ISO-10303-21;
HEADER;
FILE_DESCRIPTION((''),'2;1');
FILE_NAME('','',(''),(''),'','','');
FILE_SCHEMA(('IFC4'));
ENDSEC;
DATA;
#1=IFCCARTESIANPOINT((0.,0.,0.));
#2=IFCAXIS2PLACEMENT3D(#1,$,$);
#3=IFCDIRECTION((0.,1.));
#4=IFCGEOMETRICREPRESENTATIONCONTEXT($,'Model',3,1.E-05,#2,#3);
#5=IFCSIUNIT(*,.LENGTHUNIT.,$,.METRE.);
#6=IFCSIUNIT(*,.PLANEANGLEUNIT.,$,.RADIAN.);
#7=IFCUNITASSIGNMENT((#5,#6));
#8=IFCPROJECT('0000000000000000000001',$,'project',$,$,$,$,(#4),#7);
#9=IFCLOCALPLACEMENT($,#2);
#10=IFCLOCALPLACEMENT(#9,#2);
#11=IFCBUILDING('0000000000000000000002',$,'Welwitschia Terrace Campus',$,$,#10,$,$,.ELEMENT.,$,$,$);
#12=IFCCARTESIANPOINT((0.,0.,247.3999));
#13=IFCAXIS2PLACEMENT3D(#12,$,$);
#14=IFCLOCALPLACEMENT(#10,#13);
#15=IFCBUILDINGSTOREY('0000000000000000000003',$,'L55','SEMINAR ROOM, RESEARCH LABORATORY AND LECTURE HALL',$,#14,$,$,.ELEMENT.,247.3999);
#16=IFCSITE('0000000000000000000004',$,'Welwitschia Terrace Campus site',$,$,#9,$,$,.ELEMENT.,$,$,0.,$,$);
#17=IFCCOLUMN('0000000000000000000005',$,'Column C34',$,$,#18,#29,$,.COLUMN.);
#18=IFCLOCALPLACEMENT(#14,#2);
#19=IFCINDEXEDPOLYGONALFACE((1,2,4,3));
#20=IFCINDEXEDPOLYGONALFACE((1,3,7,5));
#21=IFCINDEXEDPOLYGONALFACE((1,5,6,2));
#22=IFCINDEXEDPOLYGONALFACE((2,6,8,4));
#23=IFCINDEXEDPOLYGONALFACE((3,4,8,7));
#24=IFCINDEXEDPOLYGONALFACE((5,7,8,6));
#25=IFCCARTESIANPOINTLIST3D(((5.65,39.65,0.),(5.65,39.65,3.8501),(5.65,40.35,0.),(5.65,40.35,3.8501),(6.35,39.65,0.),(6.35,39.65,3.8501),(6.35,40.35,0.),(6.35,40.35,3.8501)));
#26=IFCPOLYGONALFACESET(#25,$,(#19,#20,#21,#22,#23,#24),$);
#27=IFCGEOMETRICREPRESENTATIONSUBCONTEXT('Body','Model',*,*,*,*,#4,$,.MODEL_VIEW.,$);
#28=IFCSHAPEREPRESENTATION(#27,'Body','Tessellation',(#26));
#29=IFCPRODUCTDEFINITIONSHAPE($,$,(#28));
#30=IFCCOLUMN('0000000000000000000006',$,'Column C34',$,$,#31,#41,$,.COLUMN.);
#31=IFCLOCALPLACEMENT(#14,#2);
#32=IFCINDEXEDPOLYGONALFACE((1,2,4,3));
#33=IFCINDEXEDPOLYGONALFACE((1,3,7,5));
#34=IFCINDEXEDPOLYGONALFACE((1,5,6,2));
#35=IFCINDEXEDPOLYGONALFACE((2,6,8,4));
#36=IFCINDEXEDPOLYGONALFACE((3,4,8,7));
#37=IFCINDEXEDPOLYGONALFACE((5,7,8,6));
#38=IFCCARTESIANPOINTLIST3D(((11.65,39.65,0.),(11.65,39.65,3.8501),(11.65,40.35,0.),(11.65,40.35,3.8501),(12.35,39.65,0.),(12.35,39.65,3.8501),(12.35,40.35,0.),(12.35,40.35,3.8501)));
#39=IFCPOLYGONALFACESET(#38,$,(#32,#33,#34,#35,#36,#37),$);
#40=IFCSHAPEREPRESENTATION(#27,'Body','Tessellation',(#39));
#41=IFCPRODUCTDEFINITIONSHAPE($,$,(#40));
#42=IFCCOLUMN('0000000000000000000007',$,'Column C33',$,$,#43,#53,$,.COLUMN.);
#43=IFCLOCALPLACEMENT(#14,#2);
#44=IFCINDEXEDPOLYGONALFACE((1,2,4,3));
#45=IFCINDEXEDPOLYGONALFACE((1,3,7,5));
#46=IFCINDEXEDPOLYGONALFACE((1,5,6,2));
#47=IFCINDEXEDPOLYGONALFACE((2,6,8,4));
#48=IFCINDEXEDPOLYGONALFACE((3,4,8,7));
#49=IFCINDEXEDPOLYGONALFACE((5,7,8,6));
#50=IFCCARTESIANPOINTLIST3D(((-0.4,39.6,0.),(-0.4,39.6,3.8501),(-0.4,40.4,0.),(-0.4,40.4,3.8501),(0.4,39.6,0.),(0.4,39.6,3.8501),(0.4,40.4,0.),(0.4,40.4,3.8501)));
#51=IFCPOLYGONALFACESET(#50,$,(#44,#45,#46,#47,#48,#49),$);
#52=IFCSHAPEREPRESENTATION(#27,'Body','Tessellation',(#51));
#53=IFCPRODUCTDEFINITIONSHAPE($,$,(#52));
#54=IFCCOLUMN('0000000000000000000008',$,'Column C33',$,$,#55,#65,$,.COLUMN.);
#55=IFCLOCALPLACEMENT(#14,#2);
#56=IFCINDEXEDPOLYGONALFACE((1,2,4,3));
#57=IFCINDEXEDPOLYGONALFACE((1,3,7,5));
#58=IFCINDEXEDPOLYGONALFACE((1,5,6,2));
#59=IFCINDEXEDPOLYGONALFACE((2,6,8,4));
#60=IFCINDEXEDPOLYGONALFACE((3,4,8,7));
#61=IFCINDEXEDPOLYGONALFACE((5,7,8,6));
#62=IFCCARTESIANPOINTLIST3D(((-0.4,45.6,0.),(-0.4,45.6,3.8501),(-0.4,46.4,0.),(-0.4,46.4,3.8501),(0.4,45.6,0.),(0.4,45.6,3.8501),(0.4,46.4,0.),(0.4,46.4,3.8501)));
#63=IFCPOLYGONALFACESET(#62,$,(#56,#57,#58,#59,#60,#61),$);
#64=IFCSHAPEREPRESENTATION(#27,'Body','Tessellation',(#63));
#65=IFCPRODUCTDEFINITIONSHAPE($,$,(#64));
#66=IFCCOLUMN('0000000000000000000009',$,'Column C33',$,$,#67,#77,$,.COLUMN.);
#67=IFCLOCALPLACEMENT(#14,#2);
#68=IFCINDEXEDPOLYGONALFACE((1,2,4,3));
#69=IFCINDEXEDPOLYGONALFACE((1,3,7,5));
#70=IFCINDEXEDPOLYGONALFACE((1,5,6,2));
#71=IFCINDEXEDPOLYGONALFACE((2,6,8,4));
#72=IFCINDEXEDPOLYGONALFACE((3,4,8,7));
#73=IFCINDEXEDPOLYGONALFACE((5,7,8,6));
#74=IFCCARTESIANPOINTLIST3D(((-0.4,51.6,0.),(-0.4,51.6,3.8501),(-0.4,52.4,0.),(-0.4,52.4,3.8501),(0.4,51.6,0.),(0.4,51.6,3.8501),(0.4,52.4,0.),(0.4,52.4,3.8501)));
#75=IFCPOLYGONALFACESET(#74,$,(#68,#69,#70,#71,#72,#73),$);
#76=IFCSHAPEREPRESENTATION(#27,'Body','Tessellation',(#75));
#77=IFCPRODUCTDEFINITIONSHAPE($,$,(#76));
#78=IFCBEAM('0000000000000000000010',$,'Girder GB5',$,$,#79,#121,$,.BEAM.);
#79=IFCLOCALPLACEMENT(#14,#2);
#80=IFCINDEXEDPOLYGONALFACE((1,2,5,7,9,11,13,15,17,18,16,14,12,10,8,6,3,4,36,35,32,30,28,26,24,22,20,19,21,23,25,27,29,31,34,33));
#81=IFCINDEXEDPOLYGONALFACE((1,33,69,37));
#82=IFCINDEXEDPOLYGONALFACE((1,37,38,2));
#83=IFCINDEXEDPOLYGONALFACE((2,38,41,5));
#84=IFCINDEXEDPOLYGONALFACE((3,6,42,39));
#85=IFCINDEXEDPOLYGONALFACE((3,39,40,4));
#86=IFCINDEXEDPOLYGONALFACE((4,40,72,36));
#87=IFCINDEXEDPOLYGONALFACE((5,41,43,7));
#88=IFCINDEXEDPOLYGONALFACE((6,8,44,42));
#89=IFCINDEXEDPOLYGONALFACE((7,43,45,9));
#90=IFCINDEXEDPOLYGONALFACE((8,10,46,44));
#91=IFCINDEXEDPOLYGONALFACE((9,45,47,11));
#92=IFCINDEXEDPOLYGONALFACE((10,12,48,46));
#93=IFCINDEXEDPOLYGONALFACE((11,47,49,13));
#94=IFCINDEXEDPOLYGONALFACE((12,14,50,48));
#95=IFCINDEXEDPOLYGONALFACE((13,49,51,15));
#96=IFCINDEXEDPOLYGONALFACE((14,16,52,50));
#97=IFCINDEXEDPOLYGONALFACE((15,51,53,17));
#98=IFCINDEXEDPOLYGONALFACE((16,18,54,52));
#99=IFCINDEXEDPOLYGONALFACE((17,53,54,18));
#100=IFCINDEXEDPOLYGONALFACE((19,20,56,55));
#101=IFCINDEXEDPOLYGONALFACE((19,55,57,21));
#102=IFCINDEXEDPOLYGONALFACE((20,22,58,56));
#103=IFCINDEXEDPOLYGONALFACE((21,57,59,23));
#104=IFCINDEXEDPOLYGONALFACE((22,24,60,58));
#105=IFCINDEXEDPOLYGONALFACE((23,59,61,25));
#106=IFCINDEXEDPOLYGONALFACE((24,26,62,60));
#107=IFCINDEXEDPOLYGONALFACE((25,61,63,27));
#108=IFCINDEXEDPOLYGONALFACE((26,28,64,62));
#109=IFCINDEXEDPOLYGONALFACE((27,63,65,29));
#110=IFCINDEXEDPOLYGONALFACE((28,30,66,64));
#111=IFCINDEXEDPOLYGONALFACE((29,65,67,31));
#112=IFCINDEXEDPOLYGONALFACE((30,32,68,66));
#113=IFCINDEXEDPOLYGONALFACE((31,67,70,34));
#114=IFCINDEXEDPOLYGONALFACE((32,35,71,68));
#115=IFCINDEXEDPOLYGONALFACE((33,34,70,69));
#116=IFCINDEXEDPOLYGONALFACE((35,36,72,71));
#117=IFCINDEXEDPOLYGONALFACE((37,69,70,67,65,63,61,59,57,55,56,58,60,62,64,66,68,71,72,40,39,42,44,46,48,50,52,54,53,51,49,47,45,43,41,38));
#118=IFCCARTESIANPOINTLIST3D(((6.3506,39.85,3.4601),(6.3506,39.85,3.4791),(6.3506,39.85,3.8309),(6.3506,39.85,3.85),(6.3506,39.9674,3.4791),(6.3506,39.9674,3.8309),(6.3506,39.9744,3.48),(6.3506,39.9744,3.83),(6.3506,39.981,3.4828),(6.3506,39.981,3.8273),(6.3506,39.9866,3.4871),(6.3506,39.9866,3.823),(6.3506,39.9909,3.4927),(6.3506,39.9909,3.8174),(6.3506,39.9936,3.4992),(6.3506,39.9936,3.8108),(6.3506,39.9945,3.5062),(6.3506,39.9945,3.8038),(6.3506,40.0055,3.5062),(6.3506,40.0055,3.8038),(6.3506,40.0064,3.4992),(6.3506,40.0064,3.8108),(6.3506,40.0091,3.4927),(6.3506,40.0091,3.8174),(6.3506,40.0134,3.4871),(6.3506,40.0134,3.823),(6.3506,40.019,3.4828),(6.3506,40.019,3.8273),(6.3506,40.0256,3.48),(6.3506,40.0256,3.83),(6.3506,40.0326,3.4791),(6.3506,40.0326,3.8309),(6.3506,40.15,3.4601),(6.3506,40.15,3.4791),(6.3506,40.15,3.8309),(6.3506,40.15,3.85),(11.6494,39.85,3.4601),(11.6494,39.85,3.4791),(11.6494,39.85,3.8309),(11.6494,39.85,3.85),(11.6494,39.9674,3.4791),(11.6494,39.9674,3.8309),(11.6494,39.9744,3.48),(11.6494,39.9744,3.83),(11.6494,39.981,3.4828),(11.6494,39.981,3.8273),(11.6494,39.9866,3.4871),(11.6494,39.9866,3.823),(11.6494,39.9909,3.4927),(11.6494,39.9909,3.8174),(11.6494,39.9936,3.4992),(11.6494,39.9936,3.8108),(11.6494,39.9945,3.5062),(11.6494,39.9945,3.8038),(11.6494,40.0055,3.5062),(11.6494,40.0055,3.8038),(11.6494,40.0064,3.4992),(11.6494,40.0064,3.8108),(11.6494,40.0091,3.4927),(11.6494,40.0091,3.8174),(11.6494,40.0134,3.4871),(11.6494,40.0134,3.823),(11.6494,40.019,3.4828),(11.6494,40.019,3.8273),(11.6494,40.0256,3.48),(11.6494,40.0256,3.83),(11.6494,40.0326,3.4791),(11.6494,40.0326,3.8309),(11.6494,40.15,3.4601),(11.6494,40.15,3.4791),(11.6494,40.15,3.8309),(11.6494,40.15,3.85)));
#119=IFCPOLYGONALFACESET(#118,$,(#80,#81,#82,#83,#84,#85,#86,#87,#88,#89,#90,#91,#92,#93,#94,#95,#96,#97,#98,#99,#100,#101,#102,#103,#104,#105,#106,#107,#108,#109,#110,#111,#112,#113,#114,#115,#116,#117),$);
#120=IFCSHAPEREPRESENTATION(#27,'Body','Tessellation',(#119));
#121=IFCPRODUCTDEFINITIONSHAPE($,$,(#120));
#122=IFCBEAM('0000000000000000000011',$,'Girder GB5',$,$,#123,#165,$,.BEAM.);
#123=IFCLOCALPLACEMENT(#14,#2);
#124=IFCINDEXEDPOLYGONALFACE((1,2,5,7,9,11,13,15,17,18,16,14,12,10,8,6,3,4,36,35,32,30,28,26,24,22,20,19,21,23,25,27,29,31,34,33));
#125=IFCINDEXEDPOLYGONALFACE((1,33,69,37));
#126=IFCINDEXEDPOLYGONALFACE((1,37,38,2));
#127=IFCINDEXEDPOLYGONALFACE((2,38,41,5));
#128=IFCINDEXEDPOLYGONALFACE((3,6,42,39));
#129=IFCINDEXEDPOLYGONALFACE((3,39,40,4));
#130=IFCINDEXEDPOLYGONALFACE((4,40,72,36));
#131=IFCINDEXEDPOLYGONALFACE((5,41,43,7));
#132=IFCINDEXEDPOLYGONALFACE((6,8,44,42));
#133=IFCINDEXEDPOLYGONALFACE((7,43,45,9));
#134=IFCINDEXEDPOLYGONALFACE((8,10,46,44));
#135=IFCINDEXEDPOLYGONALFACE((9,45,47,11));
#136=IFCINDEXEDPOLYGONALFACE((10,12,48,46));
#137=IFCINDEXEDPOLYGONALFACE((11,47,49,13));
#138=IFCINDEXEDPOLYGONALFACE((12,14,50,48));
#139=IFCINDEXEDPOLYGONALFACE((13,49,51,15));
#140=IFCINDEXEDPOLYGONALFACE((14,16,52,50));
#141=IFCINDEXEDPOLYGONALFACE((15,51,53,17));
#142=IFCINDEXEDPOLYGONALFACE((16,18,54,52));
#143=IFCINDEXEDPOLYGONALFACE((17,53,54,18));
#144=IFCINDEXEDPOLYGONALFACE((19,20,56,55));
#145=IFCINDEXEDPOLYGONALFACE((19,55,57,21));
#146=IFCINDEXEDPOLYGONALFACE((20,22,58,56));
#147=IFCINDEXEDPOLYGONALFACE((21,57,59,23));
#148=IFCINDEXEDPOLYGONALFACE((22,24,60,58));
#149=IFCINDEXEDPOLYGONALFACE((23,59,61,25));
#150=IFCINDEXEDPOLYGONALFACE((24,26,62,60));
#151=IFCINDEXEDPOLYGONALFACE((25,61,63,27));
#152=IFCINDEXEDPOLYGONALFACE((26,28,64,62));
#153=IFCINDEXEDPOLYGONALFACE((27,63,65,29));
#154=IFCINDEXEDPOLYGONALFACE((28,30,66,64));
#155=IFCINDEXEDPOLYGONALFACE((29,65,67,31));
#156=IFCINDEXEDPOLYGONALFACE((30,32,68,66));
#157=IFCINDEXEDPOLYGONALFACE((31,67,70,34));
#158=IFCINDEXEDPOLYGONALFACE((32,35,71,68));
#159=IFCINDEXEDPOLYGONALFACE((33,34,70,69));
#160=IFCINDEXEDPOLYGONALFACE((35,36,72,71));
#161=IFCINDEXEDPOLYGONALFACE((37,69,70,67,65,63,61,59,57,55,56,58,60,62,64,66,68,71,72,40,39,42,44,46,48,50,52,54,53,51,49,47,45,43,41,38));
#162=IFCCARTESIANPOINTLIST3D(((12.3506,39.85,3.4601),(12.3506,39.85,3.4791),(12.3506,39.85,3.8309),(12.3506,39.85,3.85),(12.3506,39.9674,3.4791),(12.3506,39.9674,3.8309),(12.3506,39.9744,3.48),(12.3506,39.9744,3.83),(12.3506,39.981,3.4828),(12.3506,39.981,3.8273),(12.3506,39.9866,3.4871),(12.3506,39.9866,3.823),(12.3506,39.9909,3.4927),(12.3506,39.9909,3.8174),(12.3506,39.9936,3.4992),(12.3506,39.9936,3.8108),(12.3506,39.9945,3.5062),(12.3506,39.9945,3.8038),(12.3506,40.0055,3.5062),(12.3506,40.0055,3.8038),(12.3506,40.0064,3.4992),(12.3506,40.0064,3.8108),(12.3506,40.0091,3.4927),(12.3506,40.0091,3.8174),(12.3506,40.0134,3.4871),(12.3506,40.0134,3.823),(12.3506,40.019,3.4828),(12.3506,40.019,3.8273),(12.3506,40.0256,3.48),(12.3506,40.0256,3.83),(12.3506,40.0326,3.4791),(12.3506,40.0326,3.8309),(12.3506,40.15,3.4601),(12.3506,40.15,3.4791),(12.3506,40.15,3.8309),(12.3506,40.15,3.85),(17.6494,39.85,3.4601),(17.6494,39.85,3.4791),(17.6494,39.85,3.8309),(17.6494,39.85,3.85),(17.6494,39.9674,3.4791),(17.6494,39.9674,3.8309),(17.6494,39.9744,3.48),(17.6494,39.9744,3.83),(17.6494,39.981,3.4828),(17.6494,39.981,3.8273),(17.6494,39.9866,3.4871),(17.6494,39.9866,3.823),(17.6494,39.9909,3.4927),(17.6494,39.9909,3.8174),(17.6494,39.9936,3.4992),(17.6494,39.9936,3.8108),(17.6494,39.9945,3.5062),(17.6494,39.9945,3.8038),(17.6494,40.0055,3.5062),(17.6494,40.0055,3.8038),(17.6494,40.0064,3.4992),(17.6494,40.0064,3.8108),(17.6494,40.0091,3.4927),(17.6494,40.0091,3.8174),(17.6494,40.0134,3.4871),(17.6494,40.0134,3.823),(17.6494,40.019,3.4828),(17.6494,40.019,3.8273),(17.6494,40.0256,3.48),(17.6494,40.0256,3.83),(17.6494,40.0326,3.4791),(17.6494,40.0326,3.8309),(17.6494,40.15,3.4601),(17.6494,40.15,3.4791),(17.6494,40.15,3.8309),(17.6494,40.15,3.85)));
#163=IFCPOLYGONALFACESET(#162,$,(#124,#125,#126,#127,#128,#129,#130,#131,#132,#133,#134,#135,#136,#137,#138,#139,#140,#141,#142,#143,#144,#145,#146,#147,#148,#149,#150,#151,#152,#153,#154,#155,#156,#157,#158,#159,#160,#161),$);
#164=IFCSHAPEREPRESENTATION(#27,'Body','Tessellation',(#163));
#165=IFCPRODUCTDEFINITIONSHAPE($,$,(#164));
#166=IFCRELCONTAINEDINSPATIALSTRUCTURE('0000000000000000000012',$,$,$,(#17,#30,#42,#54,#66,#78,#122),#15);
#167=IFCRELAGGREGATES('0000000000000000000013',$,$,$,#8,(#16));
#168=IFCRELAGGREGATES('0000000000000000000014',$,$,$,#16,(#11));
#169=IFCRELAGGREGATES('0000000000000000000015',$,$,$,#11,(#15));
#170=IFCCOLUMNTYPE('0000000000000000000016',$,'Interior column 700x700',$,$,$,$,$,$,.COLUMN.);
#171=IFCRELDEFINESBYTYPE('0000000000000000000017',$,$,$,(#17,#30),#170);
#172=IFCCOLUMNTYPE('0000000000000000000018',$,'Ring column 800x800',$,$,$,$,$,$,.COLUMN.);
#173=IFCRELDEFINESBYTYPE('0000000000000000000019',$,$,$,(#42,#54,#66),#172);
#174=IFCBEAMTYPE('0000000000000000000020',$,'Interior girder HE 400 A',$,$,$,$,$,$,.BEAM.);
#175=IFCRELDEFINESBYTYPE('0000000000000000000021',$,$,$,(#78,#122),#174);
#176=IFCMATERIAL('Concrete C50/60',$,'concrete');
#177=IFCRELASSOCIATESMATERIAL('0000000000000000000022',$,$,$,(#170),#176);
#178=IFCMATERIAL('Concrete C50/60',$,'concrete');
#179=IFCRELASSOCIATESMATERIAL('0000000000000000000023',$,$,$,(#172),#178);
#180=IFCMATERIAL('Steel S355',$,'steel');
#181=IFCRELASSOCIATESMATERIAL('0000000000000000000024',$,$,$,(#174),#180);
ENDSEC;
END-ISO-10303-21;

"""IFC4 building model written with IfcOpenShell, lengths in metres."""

from ifc_helpers import new_model, si_unit, direction, frame, origin, origin_2d, place, context, subcontext, project, spatial, rectangle, i_section, extrude, material, material_profile, profile_set, type_object, element, save


model = new_model("IFC4")

# Units and contexts
model_context = context("Model", 3, precision=1e-05, world=origin(), true_north=direction((0.0, 1.0)))
body_context = subcontext(model_context, "Body", "Model", "MODEL_VIEW")
ifc_project = project(units=[si_unit("LENGTHUNIT", "METRE"), si_unit("PLANEANGLEUNIT", "RADIAN")], contexts=[model_context])

# Site, building, storey
site_placement = place(None, origin())
site = spatial("IfcSite", under=ifc_project, at=site_placement, Name="Welwitschia Terrace Campus site", CompositionType="ELEMENT", RefElevation=0.0)
building_placement = place(site_placement, origin())
building = spatial("IfcBuilding", under=site, at=building_placement, Name="Welwitschia Terrace Campus", CompositionType="ELEMENT")
storey_placement = place(building_placement, frame((0.0, 0.0, 247.3999)))
storey = spatial("IfcBuildingStorey", under=building, at=storey_placement, Name="L55", Description="SEMINAR ROOM, RESEARCH LABORATORY AND LECTURE HALL", CompositionType="ELEMENT", Elevation=247.3999)

# Columns
ifc_material_1 = material(Name="Concrete C50/60", Category="concrete")
ifc_material_profile_1 = material_profile(ifc_material_1, rectangle(XDim=0.7, YDim=0.7, at=origin_2d()))
ifc_profile_set_1 = profile_set([ifc_material_profile_1], Name="Concrete C50/60")
column_type_1 = type_object("IfcColumnType", Name="Interior column 700x700", PredefinedType="COLUMN", material=ifc_profile_set_1)
for number, where, z_axis, x_axis, name in (
    (1, (6.0, 40.0, 0.0), (0.0, 0.0, 1.0), (1.0, 0.0, 0.0), "Column C34"),
    (2, (12.0, 40.0, 0.0), (0.0, 0.0, 1.0), (1.0, 0.0, 0.0), "Column C34"),
):
    element("IfcColumn", number, at=place(storey_placement, frame(where, z_axis=z_axis, x_axis=x_axis)), inside=storey, type_object=column_type_1, Name=name, PredefinedType="COLUMN", context=body_context, shape_type="SweptSolid", body=[
        extrude(rectangle(XDim=0.7, YDim=0.7, at=origin_2d()), origin(), (0.0, 0.0, 1.0), 3.8501),
    ])
ifc_material_2 = material(Name="Concrete C50/60", Category="concrete")
ifc_material_profile_2 = material_profile(ifc_material_2, rectangle(XDim=0.8, YDim=0.8, at=origin_2d()))
ifc_profile_set_2 = profile_set([ifc_material_profile_2], Name="Concrete C50/60")
column_type_2 = type_object("IfcColumnType", Name="Ring column 800x800", PredefinedType="COLUMN", material=ifc_profile_set_2)
for number, where, z_axis, x_axis, name in (
    (3, (0.0, 40.0, 0.0), (0.0, 0.0, 1.0), (1.0, 0.0, 0.0), "Column C33"),
    (4, (0.0, 46.0, 0.0), (0.0, 0.0, 1.0), (1.0, 0.0, 0.0), "Column C33"),
    (5, (0.0, 52.0, 0.0), (0.0, 0.0, 1.0), (1.0, 0.0, 0.0), "Column C33"),
):
    element("IfcColumn", number, at=place(storey_placement, frame(where, z_axis=z_axis, x_axis=x_axis)), inside=storey, type_object=column_type_2, Name=name, PredefinedType="COLUMN", context=body_context, shape_type="SweptSolid", body=[
        extrude(rectangle(XDim=0.8, YDim=0.8, at=origin_2d()), origin(), (0.0, 0.0, 1.0), 3.8501),
    ])

# Beams
ifc_material_3 = material(Name="Steel S355", Category="steel")
ifc_material_profile_3 = material_profile(ifc_material_3, i_section(OverallWidth=0.3, OverallDepth=0.3899, WebThickness=0.011, FlangeThickness=0.019, FilletRadius=0.0271, at=origin_2d()))
ifc_profile_set_3 = profile_set([ifc_material_profile_3], Name="Steel S355")
beam_type_1 = type_object("IfcBeamType", Name="Interior girder HE 400 A", PredefinedType="BEAM", material=ifc_profile_set_3)
for number, where, z_axis, x_axis, name in (
    (6, (6.3506, 40.0, 3.655), (1.0, 0.0, 0.0), (0.0, 1.0, 0.0), "Girder GB5"),
    (7, (12.3506, 40.0, 3.655), (1.0, 0.0, 0.0), (0.0, 1.0, 0.0), "Girder GB5"),
):
    element("IfcBeam", number, at=place(storey_placement, frame(where, z_axis=z_axis, x_axis=x_axis)), inside=storey, type_object=beam_type_1, Name=name, PredefinedType="BEAM", context=body_context, shape_type="SweptSolid", body=[
        extrude(i_section(OverallWidth=0.3, OverallDepth=0.3899, WebThickness=0.011, FlangeThickness=0.019, FilletRadius=0.0271, at=origin_2d()), origin(), (0.0, 0.0, 1.0), 5.2988),
    ])

save(model, "model.ifc")
